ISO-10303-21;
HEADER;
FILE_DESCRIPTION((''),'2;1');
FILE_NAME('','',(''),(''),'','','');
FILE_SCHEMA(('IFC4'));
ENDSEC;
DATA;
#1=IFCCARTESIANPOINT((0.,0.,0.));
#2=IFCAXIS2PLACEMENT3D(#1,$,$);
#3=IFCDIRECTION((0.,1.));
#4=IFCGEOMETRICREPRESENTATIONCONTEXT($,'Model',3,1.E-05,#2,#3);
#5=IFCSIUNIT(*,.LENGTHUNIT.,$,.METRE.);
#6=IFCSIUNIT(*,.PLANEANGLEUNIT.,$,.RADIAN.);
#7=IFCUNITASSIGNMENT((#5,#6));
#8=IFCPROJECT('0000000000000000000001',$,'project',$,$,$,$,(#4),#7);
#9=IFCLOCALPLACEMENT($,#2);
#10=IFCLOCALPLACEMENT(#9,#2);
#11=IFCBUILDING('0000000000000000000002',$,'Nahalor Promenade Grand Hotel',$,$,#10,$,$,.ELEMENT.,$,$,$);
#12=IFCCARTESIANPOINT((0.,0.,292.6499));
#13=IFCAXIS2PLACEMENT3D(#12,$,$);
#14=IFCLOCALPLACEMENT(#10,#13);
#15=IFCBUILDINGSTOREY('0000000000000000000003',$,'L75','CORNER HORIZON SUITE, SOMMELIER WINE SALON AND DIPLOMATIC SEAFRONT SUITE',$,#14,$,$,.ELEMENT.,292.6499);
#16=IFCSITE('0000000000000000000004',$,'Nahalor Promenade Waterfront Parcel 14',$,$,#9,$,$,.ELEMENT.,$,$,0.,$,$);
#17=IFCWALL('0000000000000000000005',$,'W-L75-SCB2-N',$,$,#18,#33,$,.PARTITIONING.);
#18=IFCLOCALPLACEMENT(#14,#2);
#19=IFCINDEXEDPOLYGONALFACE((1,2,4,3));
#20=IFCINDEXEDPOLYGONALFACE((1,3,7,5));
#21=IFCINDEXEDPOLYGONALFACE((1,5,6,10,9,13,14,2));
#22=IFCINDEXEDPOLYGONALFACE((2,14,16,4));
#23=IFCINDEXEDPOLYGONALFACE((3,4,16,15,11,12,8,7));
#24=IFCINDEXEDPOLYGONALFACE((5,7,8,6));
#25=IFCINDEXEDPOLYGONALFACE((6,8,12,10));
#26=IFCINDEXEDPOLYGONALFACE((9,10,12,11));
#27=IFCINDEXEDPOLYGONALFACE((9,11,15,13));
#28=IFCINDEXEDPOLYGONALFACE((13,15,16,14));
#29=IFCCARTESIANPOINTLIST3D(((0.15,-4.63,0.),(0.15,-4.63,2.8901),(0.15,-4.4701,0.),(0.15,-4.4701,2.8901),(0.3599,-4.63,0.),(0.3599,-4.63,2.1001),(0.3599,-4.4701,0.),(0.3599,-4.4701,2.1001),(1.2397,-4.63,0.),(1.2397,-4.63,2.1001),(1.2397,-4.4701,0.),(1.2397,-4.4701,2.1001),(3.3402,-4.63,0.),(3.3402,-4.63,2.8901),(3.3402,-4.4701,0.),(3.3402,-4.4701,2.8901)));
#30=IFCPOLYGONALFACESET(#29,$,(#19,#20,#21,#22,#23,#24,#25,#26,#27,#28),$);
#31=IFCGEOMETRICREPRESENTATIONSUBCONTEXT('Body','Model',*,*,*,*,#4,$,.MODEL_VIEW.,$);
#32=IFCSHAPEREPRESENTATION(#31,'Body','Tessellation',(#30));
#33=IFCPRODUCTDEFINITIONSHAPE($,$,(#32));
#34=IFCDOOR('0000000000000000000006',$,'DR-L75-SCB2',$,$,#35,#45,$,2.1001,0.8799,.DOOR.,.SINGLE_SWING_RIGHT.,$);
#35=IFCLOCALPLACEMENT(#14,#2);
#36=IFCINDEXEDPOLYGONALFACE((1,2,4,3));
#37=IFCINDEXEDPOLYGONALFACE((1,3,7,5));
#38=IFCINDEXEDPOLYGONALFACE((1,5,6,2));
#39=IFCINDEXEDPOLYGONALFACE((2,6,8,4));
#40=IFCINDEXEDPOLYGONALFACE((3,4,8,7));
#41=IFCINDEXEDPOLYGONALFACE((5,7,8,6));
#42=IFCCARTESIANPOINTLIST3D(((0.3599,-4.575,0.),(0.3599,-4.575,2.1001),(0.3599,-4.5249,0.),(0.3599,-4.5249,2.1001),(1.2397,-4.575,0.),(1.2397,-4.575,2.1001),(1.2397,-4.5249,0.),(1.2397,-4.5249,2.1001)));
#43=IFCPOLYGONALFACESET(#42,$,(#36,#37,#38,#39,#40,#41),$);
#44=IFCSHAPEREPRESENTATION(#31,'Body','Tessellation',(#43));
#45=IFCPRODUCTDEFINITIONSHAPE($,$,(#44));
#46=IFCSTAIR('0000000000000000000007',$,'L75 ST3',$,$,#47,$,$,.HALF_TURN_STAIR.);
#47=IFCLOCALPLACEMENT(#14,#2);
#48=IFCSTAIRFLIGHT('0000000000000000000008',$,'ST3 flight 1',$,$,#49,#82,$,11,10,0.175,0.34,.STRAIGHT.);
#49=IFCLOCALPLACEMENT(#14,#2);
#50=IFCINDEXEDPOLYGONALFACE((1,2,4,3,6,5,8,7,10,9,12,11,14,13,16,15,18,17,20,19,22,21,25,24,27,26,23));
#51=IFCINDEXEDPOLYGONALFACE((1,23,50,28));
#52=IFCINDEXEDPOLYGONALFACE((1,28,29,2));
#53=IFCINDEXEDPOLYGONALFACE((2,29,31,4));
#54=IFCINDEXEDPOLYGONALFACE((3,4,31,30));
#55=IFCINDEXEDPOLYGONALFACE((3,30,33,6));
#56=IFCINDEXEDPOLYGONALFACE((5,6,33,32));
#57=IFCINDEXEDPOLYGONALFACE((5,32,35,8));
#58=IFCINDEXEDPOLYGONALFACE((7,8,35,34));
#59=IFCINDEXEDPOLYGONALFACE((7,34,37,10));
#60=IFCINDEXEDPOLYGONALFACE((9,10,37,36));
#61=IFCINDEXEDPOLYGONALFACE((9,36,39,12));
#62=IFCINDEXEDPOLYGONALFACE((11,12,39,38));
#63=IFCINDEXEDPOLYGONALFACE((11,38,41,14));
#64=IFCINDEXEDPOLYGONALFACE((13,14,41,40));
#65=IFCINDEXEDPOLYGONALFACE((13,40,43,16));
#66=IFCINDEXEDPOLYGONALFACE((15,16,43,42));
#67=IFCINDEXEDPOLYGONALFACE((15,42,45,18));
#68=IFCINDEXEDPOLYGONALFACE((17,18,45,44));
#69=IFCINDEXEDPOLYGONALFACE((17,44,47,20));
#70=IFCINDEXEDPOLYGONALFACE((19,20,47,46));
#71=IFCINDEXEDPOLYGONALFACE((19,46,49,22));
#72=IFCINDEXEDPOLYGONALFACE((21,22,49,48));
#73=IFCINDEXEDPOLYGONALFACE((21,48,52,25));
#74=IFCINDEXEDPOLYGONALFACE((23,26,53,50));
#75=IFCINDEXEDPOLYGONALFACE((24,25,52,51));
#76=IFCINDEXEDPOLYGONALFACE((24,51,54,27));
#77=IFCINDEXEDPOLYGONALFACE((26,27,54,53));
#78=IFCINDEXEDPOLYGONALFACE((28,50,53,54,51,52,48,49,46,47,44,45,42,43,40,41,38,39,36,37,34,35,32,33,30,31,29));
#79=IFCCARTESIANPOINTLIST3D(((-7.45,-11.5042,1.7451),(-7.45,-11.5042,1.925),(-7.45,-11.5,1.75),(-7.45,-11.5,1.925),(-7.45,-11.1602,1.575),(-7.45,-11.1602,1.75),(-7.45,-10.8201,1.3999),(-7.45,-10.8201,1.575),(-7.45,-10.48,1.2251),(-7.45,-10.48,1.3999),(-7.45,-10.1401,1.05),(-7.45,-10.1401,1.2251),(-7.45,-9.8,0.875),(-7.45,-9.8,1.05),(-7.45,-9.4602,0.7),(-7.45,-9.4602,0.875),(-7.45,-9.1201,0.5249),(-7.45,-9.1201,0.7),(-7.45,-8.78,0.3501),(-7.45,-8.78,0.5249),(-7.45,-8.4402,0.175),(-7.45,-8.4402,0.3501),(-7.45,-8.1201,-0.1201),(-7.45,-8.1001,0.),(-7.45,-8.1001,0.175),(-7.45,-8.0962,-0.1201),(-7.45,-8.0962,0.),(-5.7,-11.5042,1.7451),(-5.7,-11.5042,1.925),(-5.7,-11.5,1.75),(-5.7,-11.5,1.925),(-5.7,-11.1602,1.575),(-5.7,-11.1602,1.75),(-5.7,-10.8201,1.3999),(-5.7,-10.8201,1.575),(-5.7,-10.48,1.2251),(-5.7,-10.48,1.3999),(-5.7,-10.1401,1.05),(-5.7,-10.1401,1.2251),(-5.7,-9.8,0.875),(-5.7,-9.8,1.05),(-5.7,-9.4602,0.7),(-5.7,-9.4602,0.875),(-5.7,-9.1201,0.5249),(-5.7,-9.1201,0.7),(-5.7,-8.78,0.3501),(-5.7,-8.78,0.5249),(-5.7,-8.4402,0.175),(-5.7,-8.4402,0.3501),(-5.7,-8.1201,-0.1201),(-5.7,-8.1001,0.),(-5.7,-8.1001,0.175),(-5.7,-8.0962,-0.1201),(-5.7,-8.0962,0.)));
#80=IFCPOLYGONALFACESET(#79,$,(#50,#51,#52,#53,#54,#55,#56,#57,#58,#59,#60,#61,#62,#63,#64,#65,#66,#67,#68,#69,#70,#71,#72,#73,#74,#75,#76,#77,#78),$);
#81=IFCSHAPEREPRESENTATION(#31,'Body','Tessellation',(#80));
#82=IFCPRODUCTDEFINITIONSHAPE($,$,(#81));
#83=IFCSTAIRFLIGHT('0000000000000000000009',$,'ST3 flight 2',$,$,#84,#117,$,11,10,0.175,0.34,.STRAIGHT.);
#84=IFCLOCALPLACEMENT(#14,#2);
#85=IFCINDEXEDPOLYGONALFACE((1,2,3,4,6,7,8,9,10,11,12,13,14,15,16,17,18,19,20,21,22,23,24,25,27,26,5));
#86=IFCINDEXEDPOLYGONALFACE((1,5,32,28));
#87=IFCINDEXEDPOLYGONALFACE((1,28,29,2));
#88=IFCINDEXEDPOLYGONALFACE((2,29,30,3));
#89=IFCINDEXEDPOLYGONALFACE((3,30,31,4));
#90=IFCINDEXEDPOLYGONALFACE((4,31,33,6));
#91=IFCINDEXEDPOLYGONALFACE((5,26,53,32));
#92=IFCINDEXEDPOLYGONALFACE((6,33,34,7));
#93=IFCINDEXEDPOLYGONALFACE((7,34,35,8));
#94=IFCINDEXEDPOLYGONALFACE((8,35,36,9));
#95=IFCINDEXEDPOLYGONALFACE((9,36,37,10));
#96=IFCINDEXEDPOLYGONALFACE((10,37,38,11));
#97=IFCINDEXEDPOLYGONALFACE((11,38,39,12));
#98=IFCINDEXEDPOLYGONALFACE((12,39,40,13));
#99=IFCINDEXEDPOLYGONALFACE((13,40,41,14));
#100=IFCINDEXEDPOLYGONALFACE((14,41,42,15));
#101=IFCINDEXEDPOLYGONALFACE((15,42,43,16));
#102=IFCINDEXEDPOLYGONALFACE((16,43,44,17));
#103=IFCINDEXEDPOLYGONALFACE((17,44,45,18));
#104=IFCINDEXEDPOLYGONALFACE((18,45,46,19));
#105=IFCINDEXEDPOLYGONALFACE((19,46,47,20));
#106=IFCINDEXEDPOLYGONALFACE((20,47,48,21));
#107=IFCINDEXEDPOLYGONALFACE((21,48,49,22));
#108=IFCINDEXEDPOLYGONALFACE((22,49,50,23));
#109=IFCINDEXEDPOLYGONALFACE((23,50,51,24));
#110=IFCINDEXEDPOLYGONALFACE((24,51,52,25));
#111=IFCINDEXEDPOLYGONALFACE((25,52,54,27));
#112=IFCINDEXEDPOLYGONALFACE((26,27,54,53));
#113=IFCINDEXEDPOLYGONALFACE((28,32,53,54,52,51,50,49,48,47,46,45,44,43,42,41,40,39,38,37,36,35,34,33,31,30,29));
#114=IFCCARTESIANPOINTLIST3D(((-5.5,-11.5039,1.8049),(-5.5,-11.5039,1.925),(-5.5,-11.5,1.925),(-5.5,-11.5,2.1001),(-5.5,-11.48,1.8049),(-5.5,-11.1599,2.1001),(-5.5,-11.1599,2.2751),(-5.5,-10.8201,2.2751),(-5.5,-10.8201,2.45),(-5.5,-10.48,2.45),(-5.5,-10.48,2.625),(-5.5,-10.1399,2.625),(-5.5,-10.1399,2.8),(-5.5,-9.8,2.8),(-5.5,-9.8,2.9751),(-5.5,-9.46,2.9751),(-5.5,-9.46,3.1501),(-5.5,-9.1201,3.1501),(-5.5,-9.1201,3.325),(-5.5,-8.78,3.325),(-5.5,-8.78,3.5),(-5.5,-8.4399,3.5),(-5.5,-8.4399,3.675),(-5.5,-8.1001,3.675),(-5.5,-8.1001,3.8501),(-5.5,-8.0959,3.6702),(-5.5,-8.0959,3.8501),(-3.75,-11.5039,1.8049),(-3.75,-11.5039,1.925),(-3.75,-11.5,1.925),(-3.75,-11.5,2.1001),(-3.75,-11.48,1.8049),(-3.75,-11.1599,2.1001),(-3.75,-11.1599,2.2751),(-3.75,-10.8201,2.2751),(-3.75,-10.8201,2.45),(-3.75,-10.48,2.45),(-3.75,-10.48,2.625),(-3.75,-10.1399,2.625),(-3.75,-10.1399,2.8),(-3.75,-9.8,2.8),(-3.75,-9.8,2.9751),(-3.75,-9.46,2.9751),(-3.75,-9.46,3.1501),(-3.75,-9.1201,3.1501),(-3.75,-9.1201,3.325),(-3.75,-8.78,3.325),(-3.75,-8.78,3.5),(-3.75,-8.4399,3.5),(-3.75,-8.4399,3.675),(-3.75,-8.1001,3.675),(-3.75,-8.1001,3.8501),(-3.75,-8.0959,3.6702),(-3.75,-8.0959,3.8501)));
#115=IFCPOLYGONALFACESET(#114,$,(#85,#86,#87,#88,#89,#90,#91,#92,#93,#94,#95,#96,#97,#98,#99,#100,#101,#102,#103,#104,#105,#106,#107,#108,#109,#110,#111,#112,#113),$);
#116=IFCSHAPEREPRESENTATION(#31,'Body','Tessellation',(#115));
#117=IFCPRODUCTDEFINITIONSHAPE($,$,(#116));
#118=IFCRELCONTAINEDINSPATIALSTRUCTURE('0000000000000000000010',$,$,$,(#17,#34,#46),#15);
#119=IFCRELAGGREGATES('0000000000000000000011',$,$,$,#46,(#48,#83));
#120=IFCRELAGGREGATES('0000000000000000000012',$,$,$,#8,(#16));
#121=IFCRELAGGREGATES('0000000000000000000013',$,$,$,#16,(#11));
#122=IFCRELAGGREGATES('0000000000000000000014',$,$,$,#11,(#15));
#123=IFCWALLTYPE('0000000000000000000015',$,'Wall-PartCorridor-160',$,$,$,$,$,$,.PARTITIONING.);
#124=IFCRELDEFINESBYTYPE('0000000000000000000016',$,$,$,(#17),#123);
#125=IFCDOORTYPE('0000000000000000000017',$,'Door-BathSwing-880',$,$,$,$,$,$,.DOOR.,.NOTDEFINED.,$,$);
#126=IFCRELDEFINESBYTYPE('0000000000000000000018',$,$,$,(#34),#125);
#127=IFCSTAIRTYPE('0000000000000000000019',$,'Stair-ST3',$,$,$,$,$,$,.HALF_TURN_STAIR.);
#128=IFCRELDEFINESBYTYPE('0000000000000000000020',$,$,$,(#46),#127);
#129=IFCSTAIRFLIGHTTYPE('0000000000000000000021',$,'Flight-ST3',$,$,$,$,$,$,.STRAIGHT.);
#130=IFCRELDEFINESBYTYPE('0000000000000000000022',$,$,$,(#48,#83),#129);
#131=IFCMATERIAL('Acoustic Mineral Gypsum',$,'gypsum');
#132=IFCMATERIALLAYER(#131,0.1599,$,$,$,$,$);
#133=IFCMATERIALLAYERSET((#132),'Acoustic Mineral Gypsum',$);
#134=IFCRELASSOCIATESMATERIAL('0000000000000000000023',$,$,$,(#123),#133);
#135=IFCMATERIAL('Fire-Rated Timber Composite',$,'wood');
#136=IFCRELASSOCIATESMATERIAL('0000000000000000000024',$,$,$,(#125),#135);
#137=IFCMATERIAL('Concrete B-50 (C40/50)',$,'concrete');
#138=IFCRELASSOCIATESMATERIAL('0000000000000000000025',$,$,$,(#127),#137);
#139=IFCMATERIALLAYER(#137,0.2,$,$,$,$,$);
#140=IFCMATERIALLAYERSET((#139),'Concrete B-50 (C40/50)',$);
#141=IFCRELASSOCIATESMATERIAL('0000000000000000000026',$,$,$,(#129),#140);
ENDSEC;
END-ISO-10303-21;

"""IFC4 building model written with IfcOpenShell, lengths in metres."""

from ifc_helpers import new_model, si_unit, direction, frame, frame_2d, origin, place, context, subcontext, project, spatial, polyline, rectangle, outline, extrude, source, transform, mapped, material, layer, layer_set, type_object, element, fill, aggregate, save


model = new_model("IFC4")

# Units and contexts
model_context = context("Model", 3, precision=1e-05, world=origin(), true_north=direction((0.0, 1.0)))
body_context = subcontext(model_context, "Body", "Model", "MODEL_VIEW")
ifc_project = project(units=[si_unit("LENGTHUNIT", "METRE"), si_unit("PLANEANGLEUNIT", "RADIAN")], contexts=[model_context])

# Site, building, storey
site_placement = place(None, origin())
site = spatial("IfcSite", under=ifc_project, at=site_placement, Name="Nahalor Promenade Waterfront Parcel 14", CompositionType="ELEMENT", RefElevation=0.0)
building_placement = place(site_placement, origin())
building = spatial("IfcBuilding", under=site, at=building_placement, Name="Nahalor Promenade Grand Hotel", CompositionType="ELEMENT")
storey_placement = place(building_placement, frame((0.0, 0.0, 292.6499)))
storey = spatial("IfcBuildingStorey", under=building, at=storey_placement, Name="L75", Description="CORNER HORIZON SUITE, SOMMELIER WINE SALON AND DIPLOMATIC SEAFRONT SUITE", CompositionType="ELEMENT", Elevation=292.6499)

# Shared definitions
ifc_material_1 = material(Name="Concrete B-50 (C40/50)", Category="concrete")

# Wall, opening, door
ifc_material_2 = material(Name="Acoustic Mineral Gypsum", Category="gypsum")
ifc_layer_1 = layer(ifc_material_2, 0.1599)
ifc_layer_set_1 = layer_set([ifc_layer_1], Name="Acoustic Mineral Gypsum")
wall_type_1 = type_object("IfcWallType", Name="Wall-PartCorridor-160", PredefinedType="PARTITIONING", material=ifc_layer_set_1)
ifc_material_3 = material(Name="Fire-Rated Timber Composite", Category="wood")
door_type_1 = type_object("IfcDoorType", Name="Door-BathSwing-880", OperationType="NOTDEFINED", PredefinedType="DOOR", material=ifc_material_3)
shared_shape_1 = source(origin(), body_context, "Body", "SweptSolid", [
    extrude(rectangle(XDim=0.8799, YDim=2.1001, at=frame_2d((0.4399, 1.05))), frame((0.0, 0.0249, 0.0), z_axis=(0.0, -1.0, 0.0), x_axis=(1.0, 0.0, 0.0)), (0.0, 0.0, 1.0), 0.05),
])
shared_shape_2 = source(origin(), body_context, "Body", "SweptSolid", [
    extrude(rectangle(XDim=3.1902, YDim=0.1599, at=frame_2d((1.5952, 0.0))), origin(), (0.0, 0.0, 1.0), 2.8901),
])
wall_1_placement = place(storey_placement, frame((0.1499, -4.55, 0.0), z_axis=(0.0, 0.0, 1.0), x_axis=(1.0, 0.0, 0.0)))
wall_1 = element("IfcWall", 1, at=wall_1_placement, inside=storey, type_object=wall_type_1, Name="W-L75-SCB2-N", PredefinedType="PARTITIONING", context=body_context, shape_type="MappedRepresentation", body=[
    mapped(shared_shape_2, transform((0.0, 0.0, 0.0), scale=1.0)),
])
opening_1_placement = place(wall_1_placement, frame((0.21, 0.0, 0.0)))
opening_1 = element("IfcOpeningElement", 2, at=opening_1_placement, cuts=wall_1, PredefinedType="OPENING", context=body_context, shape_type="SweptSolid", body=[
    extrude(rectangle(XDim=0.8799, YDim=2.1001, at=frame_2d((0.4399, 1.05))), frame((0.0, 0.0898, 0.0), z_axis=(0.0, -1.0, 0.0), x_axis=(1.0, 0.0, 0.0)), (0.0, 0.0, 1.0), 0.1799),
])
door_1_placement = place(opening_1_placement, frame((0.8799, 0.0, 0.0), z_axis=(0.0, 0.0, 1.0), x_axis=(-1.0, 0.0, 0.0)))
door_1 = element("IfcDoor", 3, at=door_1_placement, inside=storey, type_object=door_type_1, Name="DR-L75-SCB2", OperationType="SINGLE_SWING_RIGHT", OverallHeight=2.1001, OverallWidth=0.8799, PredefinedType="DOOR", context=body_context, shape_type="MappedRepresentation", body=[
    mapped(shared_shape_1, transform((0.0, 0.0, 0.0), scale=1.0)),
])
fill(opening_1, door_1)

# Stair, stair flights
stair_type = type_object("IfcStairType", Name="Stair-ST3", PredefinedType="HALF_TURN_STAIR", material=ifc_material_1)
stair_placement = place(storey_placement, origin())
stair = element("IfcStair", 4, at=stair_placement, inside=storey, type_object=stair_type, Name="L75 ST3", PredefinedType="HALF_TURN_STAIR")
ifc_layer_2 = layer(ifc_material_1, 0.2)
ifc_layer_set_2 = layer_set([ifc_layer_2], Name="Concrete B-50 (C40/50)")
stair_flight_type = type_object("IfcStairFlightType", Name="Flight-ST3", PredefinedType="STRAIGHT", material=ifc_layer_set_2)
shared_shape_3 = source(origin(), body_context, "Body", "SweptSolid", [
    extrude(outline(polyline([(-0.0039, -0.1201), (-0.0039, 0.0), (0.0, 0.0), (0.0, 0.175), (0.3401, 0.175), (0.3401, 0.3501), (0.6799, 0.3501), (0.6799, 0.5249), (1.02, 0.5249), (1.02, 0.7), (1.3601, 0.7), (1.3601, 0.875), (1.7, 0.875), (1.7, 1.05), (2.04, 1.05), (2.04, 1.2251), (2.3799, 1.2251), (2.3799, 1.3999), (2.72, 1.3999), (2.72, 1.575), (3.0601, 1.575), (3.0601, 1.75), (3.3999, 1.75), (3.3999, 1.925), (3.4041, 1.925), (3.4041, 1.7451), (0.02, -0.1201), (-0.0039, -0.1201)])), frame((0.0, 0.875, 0.0), z_axis=(0.0, -1.0, 0.0), x_axis=(1.0, 0.0, 0.0)), (0.0, 0.0, 1.0), 1.75),
])
stair_flight_1_placement = place(storey_placement, frame((-6.575, -8.1001, 0.0), z_axis=(0.0, 0.0, 1.0), x_axis=(0.0, -1.0, 0.0)))
stair_flight_1 = element("IfcStairFlight", 5, at=stair_flight_1_placement, type_object=stair_flight_type, Name="ST3 flight 1", NumberOfRisers=11, NumberOfTreads=10, PredefinedType="STRAIGHT", RiserHeight=0.175, TreadLength=0.34, context=body_context, shape_type="MappedRepresentation", body=[
    mapped(shared_shape_3, transform((0.0, 0.0, 0.0), scale=1.0)),
])
stair_flight_2_placement = place(storey_placement, frame((-4.625, -11.5, 1.925), z_axis=(0.0, 0.0, 1.0), x_axis=(0.0, 1.0, 0.0)))
stair_flight_2 = element("IfcStairFlight", 6, at=stair_flight_2_placement, type_object=stair_flight_type, Name="ST3 flight 2", NumberOfRisers=11, NumberOfTreads=10, PredefinedType="STRAIGHT", RiserHeight=0.175, TreadLength=0.34, context=body_context, shape_type="MappedRepresentation", body=[
    mapped(shared_shape_3, transform((0.0, 0.0, 0.0), scale=1.0)),
])
aggregate(stair, [stair_flight_1, stair_flight_2])

save(model, "model.ifc")
